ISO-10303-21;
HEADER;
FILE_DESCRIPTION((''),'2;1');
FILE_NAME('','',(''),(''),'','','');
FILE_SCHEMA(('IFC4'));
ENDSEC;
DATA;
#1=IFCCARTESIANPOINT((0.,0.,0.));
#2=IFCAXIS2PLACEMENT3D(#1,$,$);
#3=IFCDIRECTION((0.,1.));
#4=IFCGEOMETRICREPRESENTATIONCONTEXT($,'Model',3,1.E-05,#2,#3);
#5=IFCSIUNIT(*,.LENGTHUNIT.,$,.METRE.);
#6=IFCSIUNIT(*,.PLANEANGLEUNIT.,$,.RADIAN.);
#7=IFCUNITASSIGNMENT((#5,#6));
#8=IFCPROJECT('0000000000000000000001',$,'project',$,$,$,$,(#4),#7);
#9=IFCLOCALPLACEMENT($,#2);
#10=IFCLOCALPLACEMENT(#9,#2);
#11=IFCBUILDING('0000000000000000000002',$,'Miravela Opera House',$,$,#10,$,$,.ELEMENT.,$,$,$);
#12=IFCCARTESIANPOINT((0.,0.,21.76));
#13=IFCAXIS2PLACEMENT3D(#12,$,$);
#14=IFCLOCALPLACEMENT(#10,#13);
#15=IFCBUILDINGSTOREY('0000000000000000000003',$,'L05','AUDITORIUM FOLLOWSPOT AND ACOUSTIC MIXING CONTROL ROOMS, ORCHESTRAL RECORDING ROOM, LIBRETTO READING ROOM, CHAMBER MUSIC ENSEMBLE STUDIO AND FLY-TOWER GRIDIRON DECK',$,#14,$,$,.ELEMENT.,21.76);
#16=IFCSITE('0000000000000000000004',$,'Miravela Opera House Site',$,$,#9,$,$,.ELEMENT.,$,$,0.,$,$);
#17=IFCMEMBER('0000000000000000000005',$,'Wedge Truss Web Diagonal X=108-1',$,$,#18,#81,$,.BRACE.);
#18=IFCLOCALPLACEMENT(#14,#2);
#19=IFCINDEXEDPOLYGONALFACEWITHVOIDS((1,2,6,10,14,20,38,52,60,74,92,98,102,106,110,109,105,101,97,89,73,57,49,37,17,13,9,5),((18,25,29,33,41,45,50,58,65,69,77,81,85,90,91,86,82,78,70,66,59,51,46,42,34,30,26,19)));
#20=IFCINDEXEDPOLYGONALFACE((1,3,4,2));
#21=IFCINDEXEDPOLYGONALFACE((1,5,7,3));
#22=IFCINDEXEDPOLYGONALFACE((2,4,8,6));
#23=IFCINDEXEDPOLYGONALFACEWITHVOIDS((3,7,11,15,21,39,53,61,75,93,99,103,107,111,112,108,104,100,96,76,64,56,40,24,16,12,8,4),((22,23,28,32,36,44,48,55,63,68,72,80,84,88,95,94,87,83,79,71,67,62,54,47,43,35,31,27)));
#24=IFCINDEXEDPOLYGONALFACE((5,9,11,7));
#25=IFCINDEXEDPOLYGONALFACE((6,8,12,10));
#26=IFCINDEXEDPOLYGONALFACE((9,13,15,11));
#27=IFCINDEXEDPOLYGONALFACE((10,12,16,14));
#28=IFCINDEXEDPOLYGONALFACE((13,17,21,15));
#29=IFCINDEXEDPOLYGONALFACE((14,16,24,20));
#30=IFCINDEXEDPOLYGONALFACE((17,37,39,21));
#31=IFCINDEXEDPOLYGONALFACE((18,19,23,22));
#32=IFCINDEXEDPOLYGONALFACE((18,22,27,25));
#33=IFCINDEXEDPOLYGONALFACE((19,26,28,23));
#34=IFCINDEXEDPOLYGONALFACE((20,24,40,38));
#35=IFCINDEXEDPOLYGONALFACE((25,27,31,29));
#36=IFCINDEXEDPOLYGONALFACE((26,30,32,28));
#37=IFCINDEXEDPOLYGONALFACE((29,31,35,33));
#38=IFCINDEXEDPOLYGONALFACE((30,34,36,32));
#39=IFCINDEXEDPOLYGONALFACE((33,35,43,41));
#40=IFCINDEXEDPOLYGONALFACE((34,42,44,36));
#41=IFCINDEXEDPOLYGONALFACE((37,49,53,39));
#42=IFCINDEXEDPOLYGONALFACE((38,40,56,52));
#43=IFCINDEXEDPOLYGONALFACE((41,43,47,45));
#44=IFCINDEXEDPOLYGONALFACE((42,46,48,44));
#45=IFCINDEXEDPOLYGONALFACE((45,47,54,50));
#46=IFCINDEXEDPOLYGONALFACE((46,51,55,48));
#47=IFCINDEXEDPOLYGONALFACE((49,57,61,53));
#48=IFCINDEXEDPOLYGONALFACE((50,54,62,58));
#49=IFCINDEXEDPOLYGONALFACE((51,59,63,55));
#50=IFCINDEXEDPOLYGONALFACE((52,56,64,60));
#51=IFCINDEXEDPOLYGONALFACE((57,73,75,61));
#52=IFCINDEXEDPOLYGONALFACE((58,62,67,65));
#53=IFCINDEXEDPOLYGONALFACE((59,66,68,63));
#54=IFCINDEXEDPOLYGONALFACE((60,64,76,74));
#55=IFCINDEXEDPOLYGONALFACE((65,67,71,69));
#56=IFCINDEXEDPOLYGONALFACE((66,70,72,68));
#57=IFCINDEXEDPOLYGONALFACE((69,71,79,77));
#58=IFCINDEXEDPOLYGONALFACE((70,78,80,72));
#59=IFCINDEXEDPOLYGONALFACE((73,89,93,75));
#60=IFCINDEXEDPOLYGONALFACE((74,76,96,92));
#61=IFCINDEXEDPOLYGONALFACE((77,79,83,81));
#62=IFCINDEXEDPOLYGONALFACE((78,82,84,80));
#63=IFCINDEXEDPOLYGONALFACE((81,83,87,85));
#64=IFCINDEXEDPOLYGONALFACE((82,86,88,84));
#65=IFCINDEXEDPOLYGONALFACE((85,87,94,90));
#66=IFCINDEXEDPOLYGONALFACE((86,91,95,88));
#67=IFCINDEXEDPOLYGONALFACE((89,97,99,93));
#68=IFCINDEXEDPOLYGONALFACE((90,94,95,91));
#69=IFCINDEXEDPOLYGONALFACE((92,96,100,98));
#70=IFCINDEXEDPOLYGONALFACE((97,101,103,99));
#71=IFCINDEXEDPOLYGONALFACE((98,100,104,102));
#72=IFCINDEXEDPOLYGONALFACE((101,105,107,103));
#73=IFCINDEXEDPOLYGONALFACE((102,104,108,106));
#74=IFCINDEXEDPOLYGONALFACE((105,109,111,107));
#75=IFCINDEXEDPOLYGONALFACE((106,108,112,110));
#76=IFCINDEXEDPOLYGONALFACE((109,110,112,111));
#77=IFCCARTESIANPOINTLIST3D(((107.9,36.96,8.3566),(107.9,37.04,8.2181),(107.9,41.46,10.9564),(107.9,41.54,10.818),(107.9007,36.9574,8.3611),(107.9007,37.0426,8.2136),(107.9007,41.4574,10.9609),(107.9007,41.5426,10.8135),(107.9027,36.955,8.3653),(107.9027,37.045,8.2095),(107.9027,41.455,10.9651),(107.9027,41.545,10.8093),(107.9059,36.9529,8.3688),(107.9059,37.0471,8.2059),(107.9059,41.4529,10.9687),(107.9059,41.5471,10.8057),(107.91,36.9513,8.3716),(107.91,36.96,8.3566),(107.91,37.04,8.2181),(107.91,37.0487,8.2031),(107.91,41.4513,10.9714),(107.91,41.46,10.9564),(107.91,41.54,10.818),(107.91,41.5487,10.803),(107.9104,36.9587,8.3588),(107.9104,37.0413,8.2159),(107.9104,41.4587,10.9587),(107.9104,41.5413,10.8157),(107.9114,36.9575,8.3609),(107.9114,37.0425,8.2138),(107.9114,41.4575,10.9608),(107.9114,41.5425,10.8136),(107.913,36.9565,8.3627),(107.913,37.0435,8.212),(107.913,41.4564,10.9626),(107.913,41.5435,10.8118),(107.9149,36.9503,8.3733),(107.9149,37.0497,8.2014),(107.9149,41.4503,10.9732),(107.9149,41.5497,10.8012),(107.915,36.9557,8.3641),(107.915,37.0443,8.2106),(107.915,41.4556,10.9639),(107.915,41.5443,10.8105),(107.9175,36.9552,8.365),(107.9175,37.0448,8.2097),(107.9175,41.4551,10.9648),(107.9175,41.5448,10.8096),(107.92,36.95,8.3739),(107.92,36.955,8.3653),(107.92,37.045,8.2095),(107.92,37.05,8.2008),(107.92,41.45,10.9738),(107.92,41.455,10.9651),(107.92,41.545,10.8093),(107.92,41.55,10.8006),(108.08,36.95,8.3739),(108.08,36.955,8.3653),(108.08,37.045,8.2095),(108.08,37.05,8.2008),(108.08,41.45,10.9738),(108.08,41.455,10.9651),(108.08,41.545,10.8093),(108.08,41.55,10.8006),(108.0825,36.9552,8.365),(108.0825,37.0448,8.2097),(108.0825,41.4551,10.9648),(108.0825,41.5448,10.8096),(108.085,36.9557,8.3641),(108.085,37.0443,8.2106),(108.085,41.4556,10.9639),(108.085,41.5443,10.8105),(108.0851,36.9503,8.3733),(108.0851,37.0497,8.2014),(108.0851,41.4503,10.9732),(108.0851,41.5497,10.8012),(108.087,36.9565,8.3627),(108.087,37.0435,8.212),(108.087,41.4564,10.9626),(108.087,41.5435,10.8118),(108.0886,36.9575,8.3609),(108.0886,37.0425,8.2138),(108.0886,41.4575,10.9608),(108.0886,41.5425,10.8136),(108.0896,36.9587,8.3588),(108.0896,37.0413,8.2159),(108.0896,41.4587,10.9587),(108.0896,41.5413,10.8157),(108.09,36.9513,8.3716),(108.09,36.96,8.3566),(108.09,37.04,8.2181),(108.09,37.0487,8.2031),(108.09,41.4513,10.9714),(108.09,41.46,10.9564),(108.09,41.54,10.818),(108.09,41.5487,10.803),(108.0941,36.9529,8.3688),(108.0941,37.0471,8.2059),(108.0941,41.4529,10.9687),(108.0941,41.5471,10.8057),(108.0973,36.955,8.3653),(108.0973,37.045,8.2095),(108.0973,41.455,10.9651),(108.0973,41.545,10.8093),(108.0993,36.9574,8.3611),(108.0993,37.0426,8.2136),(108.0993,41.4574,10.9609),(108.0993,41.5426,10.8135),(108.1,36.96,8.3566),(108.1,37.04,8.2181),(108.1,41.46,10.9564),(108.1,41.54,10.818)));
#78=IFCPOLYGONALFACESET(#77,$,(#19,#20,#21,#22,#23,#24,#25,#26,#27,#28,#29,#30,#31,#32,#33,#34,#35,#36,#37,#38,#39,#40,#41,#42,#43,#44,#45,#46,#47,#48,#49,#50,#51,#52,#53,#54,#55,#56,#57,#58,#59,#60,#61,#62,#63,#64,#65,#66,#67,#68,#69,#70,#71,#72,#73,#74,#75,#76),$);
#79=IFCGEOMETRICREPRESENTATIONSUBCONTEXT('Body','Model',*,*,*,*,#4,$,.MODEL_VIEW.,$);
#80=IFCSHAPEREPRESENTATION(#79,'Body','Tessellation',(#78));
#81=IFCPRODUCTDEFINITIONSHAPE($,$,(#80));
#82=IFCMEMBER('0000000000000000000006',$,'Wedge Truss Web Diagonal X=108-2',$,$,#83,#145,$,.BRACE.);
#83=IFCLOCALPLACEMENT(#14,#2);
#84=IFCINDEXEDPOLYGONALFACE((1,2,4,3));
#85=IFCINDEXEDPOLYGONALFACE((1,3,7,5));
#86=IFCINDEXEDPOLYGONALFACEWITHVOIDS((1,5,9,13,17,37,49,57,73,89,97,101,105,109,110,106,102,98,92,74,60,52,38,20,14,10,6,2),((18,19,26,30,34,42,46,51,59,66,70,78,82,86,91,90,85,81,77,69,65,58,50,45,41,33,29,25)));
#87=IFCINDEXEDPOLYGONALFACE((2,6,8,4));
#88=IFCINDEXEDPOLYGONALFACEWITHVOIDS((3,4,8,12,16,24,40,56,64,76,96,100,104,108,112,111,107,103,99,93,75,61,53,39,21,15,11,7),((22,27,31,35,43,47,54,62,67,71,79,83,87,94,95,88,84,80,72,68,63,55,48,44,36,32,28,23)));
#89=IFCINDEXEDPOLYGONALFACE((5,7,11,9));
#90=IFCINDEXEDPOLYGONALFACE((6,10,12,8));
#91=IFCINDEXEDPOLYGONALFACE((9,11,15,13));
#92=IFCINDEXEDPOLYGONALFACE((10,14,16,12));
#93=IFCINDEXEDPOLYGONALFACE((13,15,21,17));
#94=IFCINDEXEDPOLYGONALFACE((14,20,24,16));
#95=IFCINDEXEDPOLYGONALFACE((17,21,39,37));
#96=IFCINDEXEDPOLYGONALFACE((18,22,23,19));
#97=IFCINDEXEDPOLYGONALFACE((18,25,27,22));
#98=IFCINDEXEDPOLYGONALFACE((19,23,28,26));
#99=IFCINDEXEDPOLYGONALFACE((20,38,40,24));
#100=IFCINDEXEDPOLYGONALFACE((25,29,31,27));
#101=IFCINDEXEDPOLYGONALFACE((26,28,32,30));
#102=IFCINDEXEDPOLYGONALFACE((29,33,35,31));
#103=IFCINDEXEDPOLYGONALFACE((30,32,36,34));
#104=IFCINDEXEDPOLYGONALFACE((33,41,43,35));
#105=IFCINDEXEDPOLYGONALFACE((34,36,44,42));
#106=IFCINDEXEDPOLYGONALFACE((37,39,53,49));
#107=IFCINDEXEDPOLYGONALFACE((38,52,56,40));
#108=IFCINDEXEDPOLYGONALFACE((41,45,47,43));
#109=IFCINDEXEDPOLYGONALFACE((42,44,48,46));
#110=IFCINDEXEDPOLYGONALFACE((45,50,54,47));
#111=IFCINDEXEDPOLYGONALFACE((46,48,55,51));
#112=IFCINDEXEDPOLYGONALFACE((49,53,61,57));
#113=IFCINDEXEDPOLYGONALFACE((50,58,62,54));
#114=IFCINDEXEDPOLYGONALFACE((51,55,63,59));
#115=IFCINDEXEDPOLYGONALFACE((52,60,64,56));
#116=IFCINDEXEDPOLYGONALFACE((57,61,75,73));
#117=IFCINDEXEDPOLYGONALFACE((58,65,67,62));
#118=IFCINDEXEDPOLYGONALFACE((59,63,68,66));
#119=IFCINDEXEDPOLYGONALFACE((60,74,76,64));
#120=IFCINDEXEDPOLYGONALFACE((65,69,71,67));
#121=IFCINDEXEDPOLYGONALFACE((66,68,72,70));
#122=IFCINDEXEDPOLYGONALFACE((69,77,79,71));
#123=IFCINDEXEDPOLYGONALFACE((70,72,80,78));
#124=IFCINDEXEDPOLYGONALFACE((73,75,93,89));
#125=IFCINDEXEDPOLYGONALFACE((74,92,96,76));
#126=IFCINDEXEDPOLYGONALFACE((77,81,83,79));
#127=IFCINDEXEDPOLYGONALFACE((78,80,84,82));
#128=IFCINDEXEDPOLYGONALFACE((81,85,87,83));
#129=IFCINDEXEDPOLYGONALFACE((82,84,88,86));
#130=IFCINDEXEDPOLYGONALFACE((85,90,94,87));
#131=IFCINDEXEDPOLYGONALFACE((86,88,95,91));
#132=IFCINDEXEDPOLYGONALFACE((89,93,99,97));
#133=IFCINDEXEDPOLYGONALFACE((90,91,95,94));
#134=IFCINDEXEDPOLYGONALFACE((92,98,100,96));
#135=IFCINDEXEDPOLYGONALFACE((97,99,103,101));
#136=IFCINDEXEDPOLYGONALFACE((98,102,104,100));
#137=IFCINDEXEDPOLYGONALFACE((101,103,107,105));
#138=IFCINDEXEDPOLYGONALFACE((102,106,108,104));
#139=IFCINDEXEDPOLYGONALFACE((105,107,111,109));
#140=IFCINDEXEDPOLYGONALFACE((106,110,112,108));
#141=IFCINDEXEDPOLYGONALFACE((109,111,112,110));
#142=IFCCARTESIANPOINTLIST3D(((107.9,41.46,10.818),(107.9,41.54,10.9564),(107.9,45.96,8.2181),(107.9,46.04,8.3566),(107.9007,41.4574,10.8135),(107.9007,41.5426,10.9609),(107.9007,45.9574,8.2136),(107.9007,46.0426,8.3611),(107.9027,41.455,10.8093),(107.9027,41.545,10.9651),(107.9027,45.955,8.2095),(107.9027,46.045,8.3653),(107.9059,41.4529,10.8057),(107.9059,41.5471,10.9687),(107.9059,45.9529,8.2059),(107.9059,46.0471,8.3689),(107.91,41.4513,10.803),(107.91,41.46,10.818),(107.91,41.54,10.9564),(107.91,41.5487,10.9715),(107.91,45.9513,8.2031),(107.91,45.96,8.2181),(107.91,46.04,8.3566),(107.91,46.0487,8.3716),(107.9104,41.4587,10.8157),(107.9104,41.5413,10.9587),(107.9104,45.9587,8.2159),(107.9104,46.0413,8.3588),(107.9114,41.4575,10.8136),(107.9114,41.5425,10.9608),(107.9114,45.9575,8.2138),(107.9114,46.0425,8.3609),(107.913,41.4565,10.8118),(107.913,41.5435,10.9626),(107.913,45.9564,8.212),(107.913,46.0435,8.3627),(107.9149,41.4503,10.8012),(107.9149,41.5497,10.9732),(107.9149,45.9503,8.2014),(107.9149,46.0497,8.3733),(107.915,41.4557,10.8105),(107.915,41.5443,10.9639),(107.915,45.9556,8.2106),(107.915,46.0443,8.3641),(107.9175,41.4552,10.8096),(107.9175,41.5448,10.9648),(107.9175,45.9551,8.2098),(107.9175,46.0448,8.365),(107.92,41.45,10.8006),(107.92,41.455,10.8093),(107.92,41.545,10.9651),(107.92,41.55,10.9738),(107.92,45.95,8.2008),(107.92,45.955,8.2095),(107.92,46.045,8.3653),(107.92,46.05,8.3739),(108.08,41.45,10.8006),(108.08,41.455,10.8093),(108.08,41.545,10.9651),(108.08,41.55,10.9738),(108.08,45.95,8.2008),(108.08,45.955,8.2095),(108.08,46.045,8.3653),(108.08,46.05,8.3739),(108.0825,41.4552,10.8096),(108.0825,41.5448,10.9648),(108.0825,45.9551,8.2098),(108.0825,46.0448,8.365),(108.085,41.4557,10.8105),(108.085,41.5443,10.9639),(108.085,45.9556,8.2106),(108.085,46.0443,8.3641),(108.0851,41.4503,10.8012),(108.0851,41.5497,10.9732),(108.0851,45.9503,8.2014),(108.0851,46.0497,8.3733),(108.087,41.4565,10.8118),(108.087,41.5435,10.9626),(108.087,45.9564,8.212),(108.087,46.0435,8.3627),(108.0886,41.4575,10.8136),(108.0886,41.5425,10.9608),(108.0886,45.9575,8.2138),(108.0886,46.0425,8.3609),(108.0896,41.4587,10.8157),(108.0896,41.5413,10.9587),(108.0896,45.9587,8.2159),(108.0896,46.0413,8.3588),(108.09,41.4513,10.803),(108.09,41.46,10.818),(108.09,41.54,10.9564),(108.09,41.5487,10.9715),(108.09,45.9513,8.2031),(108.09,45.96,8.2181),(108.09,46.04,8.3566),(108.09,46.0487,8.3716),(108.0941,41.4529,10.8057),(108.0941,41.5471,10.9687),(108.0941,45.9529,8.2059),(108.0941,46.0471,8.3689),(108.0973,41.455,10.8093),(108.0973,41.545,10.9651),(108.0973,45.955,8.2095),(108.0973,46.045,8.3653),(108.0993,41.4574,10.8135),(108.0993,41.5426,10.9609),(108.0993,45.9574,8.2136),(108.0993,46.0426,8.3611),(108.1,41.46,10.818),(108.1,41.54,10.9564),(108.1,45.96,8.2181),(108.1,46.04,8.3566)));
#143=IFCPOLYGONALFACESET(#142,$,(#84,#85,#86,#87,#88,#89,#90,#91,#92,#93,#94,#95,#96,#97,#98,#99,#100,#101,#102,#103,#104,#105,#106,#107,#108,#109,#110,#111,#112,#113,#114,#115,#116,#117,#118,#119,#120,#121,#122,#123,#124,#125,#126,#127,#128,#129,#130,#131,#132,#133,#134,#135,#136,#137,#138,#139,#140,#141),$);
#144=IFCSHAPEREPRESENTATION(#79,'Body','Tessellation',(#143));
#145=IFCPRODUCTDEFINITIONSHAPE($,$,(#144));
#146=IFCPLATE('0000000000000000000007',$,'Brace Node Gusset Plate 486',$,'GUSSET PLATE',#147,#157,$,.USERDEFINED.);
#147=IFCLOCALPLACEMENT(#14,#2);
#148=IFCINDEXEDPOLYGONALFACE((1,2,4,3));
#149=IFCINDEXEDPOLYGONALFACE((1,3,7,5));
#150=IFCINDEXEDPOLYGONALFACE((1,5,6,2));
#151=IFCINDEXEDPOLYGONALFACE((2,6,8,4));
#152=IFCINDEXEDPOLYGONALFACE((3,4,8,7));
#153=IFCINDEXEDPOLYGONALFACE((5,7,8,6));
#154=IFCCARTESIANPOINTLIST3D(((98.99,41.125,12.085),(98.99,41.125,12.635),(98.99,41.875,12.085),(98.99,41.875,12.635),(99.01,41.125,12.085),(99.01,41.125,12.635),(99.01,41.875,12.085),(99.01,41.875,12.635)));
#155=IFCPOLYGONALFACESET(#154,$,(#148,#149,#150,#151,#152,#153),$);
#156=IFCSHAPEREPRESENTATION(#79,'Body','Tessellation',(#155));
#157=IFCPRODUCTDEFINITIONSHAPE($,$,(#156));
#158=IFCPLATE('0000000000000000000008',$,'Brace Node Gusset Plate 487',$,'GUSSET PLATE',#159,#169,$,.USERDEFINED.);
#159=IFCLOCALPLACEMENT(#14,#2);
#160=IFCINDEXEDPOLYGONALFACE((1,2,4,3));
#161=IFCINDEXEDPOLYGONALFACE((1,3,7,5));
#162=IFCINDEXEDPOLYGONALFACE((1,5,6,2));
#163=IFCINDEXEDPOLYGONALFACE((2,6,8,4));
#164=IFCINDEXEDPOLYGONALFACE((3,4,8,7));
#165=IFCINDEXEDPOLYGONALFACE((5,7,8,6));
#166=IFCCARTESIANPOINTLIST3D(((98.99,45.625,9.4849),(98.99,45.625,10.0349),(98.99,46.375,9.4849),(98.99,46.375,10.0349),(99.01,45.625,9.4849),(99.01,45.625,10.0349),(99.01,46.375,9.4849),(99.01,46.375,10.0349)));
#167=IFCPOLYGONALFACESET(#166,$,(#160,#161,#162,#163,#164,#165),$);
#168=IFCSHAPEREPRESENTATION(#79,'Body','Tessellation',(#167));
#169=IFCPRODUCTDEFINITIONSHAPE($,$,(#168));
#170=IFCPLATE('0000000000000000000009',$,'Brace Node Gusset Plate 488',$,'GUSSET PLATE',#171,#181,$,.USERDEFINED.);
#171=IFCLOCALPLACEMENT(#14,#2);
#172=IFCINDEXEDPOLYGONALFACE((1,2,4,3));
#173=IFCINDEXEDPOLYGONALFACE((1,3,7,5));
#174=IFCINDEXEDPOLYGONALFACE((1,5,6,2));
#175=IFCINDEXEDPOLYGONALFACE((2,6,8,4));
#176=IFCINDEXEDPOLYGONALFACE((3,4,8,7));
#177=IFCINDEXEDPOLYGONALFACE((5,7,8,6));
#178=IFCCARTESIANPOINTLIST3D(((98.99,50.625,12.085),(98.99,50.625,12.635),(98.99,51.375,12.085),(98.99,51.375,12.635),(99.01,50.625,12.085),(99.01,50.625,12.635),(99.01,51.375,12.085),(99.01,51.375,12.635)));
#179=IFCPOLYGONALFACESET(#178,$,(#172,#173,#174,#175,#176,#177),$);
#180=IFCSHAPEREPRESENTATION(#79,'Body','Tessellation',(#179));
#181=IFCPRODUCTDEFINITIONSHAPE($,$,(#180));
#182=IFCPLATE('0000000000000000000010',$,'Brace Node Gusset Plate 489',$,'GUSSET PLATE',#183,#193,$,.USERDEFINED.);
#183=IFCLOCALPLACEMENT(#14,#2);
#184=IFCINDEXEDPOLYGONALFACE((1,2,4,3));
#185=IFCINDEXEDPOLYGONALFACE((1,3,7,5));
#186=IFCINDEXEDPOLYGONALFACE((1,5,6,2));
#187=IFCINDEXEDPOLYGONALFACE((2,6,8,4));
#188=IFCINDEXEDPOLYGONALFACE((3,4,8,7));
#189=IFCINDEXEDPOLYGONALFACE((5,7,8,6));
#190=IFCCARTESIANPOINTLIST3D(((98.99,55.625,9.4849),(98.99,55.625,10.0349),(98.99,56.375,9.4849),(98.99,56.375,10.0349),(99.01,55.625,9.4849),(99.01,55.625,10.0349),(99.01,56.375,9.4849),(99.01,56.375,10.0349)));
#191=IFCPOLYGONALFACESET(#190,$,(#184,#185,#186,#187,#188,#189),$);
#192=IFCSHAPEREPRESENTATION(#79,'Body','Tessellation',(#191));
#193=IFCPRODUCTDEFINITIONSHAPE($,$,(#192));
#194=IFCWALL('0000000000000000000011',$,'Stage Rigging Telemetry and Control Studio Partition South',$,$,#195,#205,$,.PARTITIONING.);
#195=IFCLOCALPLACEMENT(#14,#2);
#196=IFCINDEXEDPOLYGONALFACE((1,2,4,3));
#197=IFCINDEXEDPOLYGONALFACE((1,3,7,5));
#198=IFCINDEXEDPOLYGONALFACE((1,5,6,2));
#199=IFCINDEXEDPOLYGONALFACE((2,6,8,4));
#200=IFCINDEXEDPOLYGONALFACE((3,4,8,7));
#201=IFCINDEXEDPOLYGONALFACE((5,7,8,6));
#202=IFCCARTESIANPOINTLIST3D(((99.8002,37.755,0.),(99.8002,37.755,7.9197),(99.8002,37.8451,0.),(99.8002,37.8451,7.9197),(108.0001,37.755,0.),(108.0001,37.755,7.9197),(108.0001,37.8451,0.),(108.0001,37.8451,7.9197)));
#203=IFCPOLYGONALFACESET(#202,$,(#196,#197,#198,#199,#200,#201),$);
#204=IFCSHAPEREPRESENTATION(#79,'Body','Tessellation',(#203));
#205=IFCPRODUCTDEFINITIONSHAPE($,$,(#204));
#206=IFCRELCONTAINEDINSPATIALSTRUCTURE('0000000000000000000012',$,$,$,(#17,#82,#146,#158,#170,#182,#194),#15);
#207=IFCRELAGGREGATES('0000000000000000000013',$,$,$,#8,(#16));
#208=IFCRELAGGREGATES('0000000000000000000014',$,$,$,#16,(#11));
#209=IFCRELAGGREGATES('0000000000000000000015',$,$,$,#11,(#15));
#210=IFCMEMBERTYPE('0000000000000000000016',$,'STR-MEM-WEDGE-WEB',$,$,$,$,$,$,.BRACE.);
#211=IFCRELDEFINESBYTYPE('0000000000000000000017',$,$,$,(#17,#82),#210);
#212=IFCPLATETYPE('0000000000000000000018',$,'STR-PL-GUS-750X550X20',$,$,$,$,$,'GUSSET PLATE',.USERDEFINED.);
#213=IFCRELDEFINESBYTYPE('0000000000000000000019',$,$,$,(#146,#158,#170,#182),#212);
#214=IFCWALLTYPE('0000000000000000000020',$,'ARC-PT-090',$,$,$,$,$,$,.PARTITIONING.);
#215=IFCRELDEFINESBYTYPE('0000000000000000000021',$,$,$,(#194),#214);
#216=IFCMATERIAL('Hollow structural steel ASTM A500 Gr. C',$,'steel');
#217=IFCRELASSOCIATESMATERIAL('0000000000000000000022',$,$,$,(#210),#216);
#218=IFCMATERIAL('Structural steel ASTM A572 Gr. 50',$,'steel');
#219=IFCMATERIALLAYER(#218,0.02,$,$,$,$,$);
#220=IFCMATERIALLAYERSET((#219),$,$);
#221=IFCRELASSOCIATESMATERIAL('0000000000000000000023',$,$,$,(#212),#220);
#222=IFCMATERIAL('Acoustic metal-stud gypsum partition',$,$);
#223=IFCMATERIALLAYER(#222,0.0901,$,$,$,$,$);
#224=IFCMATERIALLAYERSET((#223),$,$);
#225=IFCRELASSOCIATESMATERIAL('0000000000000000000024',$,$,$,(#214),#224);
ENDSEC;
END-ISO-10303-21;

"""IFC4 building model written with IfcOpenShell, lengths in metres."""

from ifc_helpers import new_model, si_unit, direction, frame, frame_2d, origin, origin_2d, place, context, subcontext, project, spatial, rectangle, hollow_rectangle, extrude, material, layer, layer_set, material_profile, profile_set, type_object, element, save


model = new_model("IFC4")

# Units and contexts
model_context = context("Model", 3, precision=1e-05, world=origin(), true_north=direction((0.0, 1.0)))
body_context = subcontext(model_context, "Body", "Model", "MODEL_VIEW")
ifc_project = project(units=[si_unit("LENGTHUNIT", "METRE"), si_unit("PLANEANGLEUNIT", "RADIAN")], contexts=[model_context])

# Site, building, storey
site_placement = place(None, origin())
site = spatial("IfcSite", under=ifc_project, at=site_placement, Name="Miravela Opera House Site", CompositionType="ELEMENT", RefElevation=0.0)
building_placement = place(site_placement, origin())
building = spatial("IfcBuilding", under=site, at=building_placement, Name="Miravela Opera House", CompositionType="ELEMENT")
storey_placement = place(building_placement, frame((0.0, 0.0, 21.76)))
storey = spatial("IfcBuildingStorey", under=building, at=storey_placement, Name="L05", Description="AUDITORIUM FOLLOWSPOT AND ACOUSTIC MIXING CONTROL ROOMS, ORCHESTRAL RECORDING ROOM, LIBRETTO READING ROOM, CHAMBER MUSIC ENSEMBLE STUDIO AND FLY-TOWER GRIDIRON DECK", CompositionType="ELEMENT", Elevation=21.76)

# Members
ifc_material_1 = material(Name="Hollow structural steel ASTM A500 Gr. C", Category="steel")
ifc_material_profile_1 = material_profile(ifc_material_1, hollow_rectangle(XDim=0.2, YDim=0.2, WallThickness=0.01, InnerFilletRadius=0.01, OuterFilletRadius=0.02, at=origin_2d()), Name="HSS200X200X10")
ifc_profile_set_1 = profile_set([ifc_material_profile_1])
member_type_1 = type_object("IfcMemberType", Name="STR-MEM-WEDGE-WEB", PredefinedType="BRACE", material=ifc_profile_set_1)
for number, where, z_axis, x_axis, name in (
    (1, (108.0, 37.0, 8.2874), (0.0, 0.865877, 0.500256), (-1.0, 0.0, 0.0), "Wedge Truss Web Diagonal X=108-1"),
    (2, (108.0, 41.5, 10.8872), (0.0, 0.865877, -0.500256), (-1.0, 0.0, 0.0), "Wedge Truss Web Diagonal X=108-2"),
):
    element("IfcMember", number, at=place(storey_placement, frame(where, z_axis=z_axis, x_axis=x_axis)), inside=storey, type_object=member_type_1, Name=name, PredefinedType="BRACE", context=body_context, shape_type="SweptSolid", body=[
        extrude(hollow_rectangle(XDim=0.2, YDim=0.2, WallThickness=0.01, InnerFilletRadius=0.01, OuterFilletRadius=0.02, at=origin_2d()), origin(), (0.0, 0.0, 1.0), 5.197),
    ])

# Plates
ifc_material_2 = material(Name="Structural steel ASTM A572 Gr. 50", Category="steel")
ifc_layer_1 = layer(ifc_material_2, 0.02)
ifc_layer_set_1 = layer_set([ifc_layer_1])
plate_type = type_object("IfcPlateType", Name="STR-PL-GUS-750X550X20", ElementType="GUSSET PLATE", PredefinedType="USERDEFINED", material=ifc_layer_set_1)
for number, where, z_axis, x_axis, name in (
    (3, (99.0, 41.5, 12.085), (0.0, 0.0, 1.0), (0.0, 1.0, 0.0), "Brace Node Gusset Plate 486"),
    (4, (99.0, 46.0, 9.4849), (0.0, 0.0, 1.0), (0.0, 1.0, 0.0), "Brace Node Gusset Plate 487"),
    (5, (99.0, 51.0, 12.085), (0.0, 0.0, 1.0), (0.0, 1.0, 0.0), "Brace Node Gusset Plate 488"),
    (6, (99.0, 56.0, 9.4849), (0.0, 0.0, 1.0), (0.0, 1.0, 0.0), "Brace Node Gusset Plate 489"),
):
    element("IfcPlate", number, at=place(storey_placement, frame(where, z_axis=z_axis, x_axis=x_axis)), inside=storey, type_object=plate_type, Name=name, ObjectType="GUSSET PLATE", PredefinedType="USERDEFINED", context=body_context, shape_type="SweptSolid", body=[
        extrude(rectangle(XDim=0.75, YDim=0.02, at=origin_2d()), origin(), (0.0, 0.0, 1.0), 0.55),
    ])

# Wall
ifc_material_3 = material(Name="Acoustic metal-stud gypsum partition")
ifc_layer_2 = layer(ifc_material_3, 0.0901)
ifc_layer_set_2 = layer_set([ifc_layer_2])
wall_type_1 = type_object("IfcWallType", Name="ARC-PT-090", PredefinedType="PARTITIONING", material=ifc_layer_set_2)
wall_1_placement = place(storey_placement, frame((99.8, 37.8, 0.0), z_axis=(0.0, 0.0, 1.0), x_axis=(1.0, 0.0, 0.0)))
element("IfcWall", 7, at=wall_1_placement, inside=storey, type_object=wall_type_1, Name="Stage Rigging Telemetry and Control Studio Partition South", PredefinedType="PARTITIONING", context=body_context, shape_type="SweptSolid", body=[
    extrude(rectangle(XDim=8.2, YDim=0.0901, at=frame_2d((4.1001, 0.0))), origin(), (0.0, 0.0, 1.0), 7.9197),
])

save(model, "model.ifc")
